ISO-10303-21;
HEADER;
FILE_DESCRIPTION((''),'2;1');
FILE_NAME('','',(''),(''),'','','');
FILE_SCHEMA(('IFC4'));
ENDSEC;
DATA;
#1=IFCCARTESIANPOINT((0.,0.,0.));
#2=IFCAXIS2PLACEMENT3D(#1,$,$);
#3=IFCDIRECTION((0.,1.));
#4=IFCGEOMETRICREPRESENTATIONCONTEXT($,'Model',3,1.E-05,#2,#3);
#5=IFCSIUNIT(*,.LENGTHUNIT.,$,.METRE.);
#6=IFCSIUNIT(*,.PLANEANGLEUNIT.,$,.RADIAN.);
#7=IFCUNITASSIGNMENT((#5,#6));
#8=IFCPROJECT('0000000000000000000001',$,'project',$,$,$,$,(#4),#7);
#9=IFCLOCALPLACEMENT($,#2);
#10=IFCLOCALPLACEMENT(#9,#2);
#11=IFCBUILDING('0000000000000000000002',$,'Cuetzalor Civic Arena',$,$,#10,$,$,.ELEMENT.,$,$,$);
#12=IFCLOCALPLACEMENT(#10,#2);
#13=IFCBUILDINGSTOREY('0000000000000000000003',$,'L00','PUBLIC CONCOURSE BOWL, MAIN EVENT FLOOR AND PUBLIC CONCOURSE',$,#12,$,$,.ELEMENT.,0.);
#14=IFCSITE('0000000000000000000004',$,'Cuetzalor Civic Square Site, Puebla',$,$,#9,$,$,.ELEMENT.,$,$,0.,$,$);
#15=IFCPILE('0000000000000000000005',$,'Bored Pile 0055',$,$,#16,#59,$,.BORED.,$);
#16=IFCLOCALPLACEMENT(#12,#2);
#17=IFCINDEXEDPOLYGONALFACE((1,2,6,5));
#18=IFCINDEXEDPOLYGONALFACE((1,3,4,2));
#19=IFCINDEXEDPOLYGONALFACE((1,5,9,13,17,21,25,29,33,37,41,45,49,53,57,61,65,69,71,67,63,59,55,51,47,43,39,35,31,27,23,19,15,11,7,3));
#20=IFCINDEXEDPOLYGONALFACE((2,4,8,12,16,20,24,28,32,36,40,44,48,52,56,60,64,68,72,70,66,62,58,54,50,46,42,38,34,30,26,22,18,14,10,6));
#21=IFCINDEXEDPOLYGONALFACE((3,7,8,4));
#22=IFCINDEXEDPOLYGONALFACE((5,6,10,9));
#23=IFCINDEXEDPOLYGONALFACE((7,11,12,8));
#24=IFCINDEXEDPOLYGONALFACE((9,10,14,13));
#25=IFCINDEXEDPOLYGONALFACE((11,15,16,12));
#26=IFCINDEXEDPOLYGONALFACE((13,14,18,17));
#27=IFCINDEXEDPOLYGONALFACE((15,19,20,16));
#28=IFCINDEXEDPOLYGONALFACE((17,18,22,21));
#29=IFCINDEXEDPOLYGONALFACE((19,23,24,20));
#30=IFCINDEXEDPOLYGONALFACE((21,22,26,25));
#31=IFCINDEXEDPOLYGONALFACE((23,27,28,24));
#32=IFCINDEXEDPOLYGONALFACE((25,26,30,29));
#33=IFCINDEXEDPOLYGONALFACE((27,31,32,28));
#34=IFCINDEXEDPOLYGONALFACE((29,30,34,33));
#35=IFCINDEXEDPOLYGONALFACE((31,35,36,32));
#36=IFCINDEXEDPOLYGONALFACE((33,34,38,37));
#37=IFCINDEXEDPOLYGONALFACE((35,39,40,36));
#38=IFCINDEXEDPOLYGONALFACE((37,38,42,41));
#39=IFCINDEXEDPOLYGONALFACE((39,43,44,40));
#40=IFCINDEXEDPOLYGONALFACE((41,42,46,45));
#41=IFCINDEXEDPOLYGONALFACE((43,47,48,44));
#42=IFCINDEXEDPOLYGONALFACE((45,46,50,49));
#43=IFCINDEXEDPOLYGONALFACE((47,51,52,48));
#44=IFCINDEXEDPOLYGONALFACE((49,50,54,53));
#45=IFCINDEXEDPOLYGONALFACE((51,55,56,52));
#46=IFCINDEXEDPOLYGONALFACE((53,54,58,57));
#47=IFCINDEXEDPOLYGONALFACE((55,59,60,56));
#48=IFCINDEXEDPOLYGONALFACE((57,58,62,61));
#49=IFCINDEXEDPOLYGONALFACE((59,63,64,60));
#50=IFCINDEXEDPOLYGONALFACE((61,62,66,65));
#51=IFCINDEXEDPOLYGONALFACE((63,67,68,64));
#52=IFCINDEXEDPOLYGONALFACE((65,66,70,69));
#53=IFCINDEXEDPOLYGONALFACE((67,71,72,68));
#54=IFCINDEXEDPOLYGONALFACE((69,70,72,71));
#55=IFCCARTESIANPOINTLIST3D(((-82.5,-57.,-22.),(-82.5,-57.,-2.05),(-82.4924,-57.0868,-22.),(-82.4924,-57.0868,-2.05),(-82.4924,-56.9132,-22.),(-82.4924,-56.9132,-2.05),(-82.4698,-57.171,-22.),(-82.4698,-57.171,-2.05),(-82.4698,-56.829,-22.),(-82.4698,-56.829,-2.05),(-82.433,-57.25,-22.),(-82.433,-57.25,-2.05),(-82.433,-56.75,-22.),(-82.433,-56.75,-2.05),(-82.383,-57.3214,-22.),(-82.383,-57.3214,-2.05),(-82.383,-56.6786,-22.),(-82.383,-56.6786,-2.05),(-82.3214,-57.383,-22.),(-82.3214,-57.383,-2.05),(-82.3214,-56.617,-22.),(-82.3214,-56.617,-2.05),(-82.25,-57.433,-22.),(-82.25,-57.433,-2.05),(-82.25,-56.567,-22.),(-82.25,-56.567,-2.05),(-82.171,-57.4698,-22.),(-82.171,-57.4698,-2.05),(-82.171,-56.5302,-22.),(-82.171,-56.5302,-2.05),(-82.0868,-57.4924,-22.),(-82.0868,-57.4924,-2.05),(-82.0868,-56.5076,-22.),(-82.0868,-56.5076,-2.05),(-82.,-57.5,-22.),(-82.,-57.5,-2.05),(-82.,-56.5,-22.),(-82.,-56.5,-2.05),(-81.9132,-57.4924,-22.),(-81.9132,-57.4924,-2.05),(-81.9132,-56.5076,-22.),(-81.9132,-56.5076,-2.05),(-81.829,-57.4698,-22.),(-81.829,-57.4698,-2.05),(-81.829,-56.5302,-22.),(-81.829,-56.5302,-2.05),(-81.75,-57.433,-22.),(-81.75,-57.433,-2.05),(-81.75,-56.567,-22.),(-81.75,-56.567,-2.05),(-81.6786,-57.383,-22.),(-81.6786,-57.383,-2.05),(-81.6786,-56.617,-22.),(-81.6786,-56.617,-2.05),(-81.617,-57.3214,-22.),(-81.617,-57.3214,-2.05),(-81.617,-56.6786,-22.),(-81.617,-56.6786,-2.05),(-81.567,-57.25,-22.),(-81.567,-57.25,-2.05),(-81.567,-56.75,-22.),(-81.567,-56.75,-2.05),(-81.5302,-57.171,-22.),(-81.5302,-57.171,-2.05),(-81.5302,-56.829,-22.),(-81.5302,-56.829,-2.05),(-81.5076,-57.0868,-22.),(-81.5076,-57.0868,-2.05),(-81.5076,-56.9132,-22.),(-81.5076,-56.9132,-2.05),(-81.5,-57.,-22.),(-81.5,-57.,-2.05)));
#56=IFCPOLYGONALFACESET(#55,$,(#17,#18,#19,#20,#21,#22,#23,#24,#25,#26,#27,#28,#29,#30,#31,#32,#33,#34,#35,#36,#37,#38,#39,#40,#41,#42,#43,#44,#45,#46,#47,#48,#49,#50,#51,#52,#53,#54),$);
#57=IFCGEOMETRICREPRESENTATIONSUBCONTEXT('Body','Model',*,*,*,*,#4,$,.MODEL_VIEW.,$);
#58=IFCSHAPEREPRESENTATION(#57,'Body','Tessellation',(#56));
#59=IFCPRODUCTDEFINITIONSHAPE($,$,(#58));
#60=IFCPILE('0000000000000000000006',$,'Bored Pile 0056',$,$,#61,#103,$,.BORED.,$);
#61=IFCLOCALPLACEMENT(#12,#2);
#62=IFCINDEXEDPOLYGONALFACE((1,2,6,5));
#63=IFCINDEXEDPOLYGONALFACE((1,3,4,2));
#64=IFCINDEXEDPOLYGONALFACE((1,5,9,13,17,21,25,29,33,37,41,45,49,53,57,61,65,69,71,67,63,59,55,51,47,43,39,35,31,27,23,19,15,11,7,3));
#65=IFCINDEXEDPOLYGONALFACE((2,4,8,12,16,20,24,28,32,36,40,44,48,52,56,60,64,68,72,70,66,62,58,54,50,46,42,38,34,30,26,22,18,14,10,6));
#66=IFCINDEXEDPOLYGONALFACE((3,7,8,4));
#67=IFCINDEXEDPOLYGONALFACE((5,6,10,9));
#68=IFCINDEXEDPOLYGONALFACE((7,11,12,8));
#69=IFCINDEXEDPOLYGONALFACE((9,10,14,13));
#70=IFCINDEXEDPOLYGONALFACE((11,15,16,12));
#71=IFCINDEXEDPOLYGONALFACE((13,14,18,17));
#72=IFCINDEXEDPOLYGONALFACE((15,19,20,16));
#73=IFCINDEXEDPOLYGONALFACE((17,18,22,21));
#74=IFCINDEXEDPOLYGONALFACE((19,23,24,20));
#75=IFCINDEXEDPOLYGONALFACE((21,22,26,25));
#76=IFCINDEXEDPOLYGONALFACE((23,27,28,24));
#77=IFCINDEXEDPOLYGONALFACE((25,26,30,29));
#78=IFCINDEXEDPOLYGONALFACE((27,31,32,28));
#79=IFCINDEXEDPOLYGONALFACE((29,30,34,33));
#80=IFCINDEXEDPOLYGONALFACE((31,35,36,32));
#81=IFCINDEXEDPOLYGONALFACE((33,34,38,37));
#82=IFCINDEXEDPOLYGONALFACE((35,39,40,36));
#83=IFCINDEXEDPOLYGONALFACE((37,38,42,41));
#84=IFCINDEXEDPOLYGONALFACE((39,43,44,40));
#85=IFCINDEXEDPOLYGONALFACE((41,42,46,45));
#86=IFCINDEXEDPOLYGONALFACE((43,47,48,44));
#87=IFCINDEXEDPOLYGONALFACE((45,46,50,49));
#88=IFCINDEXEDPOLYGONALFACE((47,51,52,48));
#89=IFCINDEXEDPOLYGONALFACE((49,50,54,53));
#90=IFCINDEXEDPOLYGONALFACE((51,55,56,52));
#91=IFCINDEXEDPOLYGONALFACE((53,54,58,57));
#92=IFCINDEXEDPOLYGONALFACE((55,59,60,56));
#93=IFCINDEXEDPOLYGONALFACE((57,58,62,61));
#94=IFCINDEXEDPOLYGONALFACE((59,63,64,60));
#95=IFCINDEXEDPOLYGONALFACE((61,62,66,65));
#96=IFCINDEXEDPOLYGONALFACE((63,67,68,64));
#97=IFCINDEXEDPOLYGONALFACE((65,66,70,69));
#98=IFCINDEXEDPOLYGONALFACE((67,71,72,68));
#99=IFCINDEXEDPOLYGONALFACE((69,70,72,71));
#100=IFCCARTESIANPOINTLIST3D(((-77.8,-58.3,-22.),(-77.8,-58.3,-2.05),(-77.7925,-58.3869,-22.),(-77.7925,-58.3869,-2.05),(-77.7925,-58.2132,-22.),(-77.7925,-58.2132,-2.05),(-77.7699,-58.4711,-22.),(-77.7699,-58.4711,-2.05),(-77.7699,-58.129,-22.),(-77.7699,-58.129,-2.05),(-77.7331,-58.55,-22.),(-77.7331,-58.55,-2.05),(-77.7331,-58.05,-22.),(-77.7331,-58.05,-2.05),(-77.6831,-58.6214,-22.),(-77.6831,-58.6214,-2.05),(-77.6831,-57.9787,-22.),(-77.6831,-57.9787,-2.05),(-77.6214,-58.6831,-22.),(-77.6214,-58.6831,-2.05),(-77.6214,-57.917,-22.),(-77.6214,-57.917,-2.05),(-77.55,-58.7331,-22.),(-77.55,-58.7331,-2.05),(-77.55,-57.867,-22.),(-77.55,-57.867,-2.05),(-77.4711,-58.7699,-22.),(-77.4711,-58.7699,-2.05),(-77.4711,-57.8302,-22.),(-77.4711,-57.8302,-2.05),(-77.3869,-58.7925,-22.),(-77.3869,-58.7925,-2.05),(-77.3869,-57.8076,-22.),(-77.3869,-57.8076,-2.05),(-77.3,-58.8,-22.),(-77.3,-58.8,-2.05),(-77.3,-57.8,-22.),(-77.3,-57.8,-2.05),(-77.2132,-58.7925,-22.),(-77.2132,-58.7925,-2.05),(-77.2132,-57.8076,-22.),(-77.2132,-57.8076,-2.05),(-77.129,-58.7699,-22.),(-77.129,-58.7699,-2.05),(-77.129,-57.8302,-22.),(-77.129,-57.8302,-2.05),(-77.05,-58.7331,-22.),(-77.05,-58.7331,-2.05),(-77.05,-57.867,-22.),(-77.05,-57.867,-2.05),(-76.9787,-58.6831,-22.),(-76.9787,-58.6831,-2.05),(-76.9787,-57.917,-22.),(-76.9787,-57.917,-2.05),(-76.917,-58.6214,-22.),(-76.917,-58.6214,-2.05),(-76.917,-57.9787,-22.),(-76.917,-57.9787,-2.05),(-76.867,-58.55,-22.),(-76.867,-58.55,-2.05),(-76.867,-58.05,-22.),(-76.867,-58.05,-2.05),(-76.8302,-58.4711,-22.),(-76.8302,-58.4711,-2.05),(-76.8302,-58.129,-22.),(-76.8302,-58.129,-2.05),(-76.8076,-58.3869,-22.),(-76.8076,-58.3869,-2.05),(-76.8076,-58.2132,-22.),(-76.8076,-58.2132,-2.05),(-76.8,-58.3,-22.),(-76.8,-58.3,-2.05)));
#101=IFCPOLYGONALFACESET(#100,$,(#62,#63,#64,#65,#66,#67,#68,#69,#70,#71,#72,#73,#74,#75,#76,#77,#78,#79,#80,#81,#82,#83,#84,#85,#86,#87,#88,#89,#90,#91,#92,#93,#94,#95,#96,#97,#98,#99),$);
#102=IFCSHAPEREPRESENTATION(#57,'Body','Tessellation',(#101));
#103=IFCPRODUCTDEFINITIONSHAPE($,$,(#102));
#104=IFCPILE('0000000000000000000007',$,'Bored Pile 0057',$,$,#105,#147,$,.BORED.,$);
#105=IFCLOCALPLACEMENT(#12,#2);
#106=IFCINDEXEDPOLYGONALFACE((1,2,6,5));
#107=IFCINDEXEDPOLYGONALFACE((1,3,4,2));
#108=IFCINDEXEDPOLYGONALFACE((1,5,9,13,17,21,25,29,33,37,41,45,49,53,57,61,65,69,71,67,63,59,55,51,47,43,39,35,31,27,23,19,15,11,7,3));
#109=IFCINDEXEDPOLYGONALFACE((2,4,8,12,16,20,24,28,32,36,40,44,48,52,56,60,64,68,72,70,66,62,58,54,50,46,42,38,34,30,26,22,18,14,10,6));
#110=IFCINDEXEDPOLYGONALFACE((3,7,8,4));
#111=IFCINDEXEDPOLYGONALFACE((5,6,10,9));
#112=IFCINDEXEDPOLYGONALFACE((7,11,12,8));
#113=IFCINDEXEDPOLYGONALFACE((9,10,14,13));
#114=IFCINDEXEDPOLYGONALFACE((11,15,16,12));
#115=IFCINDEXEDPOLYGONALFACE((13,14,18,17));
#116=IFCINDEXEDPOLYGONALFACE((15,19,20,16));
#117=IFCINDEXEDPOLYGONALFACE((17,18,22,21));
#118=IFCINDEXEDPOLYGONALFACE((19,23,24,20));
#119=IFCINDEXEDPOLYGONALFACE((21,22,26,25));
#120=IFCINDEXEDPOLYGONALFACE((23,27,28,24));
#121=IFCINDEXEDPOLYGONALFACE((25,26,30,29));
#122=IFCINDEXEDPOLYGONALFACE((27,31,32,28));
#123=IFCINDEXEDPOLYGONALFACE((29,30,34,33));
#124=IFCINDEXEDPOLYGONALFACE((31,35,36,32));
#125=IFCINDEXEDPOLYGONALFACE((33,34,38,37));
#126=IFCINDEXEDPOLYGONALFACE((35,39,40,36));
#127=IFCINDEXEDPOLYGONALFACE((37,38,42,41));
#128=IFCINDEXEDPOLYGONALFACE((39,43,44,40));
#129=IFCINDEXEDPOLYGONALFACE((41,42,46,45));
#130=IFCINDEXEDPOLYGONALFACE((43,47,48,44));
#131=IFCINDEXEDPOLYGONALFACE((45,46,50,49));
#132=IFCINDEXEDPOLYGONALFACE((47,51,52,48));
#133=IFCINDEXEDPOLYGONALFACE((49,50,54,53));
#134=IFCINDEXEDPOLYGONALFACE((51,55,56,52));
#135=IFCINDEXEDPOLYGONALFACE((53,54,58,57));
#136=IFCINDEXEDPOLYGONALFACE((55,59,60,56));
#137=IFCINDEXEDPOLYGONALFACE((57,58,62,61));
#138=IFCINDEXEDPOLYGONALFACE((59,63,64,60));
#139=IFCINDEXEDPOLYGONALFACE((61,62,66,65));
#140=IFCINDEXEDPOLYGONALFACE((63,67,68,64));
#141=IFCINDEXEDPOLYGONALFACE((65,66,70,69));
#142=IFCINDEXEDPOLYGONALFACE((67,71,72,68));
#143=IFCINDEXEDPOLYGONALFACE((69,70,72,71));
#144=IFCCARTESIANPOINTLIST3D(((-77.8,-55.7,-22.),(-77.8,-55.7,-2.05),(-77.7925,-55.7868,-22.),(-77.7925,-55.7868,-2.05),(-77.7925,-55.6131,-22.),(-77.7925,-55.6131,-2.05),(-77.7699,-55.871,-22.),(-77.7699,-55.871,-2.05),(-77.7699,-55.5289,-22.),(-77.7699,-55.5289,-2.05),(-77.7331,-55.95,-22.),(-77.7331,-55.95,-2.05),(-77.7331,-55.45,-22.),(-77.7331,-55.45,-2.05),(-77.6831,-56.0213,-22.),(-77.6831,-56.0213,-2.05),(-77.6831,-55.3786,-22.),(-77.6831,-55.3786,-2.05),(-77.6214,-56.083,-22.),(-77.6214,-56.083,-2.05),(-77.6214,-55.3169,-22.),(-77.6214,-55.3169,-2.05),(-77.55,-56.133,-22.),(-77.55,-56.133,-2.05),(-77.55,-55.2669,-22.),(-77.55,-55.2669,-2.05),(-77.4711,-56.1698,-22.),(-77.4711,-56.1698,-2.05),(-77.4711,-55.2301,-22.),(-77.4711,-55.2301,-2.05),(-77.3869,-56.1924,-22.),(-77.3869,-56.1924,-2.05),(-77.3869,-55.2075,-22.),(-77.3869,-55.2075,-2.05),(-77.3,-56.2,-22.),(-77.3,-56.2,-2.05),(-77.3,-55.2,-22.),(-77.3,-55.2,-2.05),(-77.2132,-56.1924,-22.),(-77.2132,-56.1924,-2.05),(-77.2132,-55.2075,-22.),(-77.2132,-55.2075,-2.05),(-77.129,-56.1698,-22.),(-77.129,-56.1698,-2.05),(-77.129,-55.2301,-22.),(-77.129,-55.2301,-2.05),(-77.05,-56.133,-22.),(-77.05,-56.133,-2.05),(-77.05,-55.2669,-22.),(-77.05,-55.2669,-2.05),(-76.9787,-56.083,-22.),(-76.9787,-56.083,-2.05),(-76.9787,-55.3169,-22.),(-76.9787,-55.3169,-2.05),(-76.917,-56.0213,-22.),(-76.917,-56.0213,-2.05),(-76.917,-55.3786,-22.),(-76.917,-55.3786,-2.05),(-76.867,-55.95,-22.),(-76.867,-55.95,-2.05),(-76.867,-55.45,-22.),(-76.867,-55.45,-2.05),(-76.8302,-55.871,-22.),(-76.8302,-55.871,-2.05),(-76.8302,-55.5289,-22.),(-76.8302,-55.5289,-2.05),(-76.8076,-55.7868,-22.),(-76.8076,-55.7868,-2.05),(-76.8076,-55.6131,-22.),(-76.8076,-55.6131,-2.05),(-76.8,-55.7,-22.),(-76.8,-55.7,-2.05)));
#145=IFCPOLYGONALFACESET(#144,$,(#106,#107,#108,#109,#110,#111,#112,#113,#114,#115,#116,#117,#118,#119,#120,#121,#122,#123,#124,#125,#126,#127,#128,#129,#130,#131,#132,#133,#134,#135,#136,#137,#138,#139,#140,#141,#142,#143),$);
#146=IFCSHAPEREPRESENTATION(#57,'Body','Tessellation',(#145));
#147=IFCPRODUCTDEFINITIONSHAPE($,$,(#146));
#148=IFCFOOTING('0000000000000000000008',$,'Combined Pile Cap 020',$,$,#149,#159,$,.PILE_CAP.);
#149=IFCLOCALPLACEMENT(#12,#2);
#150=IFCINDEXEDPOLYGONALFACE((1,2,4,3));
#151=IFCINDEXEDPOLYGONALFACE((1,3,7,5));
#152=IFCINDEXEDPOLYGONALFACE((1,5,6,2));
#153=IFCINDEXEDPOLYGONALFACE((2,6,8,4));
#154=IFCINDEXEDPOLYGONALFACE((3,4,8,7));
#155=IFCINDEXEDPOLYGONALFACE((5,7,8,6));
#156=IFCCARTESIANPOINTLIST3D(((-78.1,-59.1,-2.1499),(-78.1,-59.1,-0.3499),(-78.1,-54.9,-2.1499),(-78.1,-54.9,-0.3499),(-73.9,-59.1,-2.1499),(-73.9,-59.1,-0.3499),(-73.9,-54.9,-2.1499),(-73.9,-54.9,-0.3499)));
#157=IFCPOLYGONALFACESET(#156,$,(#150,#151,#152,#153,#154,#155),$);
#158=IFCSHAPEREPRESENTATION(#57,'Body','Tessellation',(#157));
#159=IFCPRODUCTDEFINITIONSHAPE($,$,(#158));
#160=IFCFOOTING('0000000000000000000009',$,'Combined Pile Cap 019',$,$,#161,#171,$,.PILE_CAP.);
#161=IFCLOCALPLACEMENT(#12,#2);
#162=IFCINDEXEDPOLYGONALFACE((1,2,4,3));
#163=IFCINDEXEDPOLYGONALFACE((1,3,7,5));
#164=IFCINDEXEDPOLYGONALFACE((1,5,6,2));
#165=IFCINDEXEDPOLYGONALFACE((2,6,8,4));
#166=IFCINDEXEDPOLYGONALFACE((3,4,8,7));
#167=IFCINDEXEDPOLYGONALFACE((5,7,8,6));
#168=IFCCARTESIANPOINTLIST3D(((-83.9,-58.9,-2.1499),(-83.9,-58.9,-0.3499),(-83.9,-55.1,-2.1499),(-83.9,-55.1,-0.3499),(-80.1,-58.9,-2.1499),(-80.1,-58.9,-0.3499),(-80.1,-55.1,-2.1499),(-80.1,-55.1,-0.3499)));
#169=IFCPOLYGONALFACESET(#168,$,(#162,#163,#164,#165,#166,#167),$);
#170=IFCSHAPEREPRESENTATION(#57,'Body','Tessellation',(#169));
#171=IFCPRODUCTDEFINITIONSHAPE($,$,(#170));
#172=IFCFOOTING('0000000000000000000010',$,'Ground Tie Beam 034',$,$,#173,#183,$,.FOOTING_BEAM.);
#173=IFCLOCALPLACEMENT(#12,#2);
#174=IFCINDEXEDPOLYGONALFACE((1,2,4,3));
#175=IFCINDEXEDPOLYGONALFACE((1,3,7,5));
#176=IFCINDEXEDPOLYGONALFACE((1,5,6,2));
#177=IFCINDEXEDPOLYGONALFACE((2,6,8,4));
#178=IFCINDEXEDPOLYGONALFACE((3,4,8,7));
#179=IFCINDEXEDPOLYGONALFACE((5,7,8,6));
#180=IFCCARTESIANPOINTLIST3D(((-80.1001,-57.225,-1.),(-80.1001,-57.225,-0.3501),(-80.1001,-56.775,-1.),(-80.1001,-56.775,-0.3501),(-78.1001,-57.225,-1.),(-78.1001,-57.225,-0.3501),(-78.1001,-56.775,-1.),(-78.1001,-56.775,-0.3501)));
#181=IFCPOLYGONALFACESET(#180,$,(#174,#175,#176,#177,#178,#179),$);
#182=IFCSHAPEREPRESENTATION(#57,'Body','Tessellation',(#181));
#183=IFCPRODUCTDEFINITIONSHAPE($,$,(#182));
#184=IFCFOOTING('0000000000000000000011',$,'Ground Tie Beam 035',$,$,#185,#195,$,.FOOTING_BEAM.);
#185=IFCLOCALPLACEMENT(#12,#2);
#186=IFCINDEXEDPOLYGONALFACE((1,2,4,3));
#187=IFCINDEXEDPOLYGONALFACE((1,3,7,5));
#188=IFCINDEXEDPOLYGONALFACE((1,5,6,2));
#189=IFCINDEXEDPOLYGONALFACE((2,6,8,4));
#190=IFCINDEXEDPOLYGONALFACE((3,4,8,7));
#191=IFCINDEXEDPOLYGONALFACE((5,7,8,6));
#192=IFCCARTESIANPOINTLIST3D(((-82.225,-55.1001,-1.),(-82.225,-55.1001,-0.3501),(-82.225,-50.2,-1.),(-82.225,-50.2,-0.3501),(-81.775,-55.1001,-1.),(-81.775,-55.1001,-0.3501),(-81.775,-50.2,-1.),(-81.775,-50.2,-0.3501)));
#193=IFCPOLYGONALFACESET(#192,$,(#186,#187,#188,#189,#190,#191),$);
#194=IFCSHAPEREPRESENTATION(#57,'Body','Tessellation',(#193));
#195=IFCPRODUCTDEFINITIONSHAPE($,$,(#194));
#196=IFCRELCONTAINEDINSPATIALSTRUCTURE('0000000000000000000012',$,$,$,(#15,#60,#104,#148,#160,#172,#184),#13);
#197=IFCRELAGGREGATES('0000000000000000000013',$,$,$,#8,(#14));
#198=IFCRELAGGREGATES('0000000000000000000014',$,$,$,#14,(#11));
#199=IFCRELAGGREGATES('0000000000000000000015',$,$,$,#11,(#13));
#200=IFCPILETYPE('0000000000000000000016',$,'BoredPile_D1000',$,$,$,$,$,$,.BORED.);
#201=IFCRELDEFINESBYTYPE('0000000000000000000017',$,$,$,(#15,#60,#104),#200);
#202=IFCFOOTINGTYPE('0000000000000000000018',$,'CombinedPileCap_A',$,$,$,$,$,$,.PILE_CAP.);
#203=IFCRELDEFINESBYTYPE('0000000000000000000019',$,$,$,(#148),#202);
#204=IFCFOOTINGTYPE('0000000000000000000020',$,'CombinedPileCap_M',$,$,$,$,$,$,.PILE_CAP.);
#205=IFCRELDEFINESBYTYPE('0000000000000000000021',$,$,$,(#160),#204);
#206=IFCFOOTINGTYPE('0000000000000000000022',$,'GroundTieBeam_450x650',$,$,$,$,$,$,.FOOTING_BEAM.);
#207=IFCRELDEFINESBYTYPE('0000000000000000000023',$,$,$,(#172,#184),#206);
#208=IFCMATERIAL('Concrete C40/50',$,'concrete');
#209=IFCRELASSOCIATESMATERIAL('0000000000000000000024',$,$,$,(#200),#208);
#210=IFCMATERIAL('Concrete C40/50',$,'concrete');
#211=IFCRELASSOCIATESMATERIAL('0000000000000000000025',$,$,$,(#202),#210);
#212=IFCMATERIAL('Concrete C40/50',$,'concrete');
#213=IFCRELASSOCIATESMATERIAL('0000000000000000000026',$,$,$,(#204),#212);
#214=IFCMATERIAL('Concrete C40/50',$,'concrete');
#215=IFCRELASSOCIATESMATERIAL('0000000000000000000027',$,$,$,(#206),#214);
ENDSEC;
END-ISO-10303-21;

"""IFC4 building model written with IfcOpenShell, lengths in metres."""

from ifc_helpers import new_model, si_unit, direction, frame, origin, origin_2d, place, context, subcontext, project, spatial, rectangle, circle, extrude, material, material_profile, profile_set, type_object, element, save


model = new_model("IFC4")

# Units and contexts
model_context = context("Model", 3, precision=1e-05, world=origin(), true_north=direction((0.0, 1.0)))
body_context = subcontext(model_context, "Body", "Model", "MODEL_VIEW")
ifc_project = project(units=[si_unit("LENGTHUNIT", "METRE"), si_unit("PLANEANGLEUNIT", "RADIAN")], contexts=[model_context])

# Site, building, storey
site_placement = place(None, origin())
site = spatial("IfcSite", under=ifc_project, at=site_placement, Name="Cuetzalor Civic Square Site, Puebla", CompositionType="ELEMENT", RefElevation=0.0)
building_placement = place(site_placement, origin())
building = spatial("IfcBuilding", under=site, at=building_placement, Name="Cuetzalor Civic Arena", CompositionType="ELEMENT")
storey_placement = place(building_placement, origin())
storey = spatial("IfcBuildingStorey", under=building, at=storey_placement, Name="L00", Description="PUBLIC CONCOURSE BOWL, MAIN EVENT FLOOR AND PUBLIC CONCOURSE", CompositionType="ELEMENT", Elevation=0.0)

# Piles
ifc_material_1 = material(Name="Concrete C40/50", Category="concrete")
ifc_material_profile_1 = material_profile(ifc_material_1, circle(Radius=0.5, at=origin_2d()), Name="BORED PILE D1000")
ifc_profile_set_1 = profile_set([ifc_material_profile_1], Name="Concrete C40/50")
pile_type = type_object("IfcPileType", Name="BoredPile_D1000", PredefinedType="BORED", material=ifc_profile_set_1)
for number, where, z_axis, x_axis, name in (
    (1, (-82.0, -57.0, -2.05), (0.0, 0.0, -1.0), (1.0, 0.0, 0.0), "Bored Pile 0055"),
    (2, (-77.3, -58.3, -2.05), (0.0, 0.0, -1.0), (1.0, 0.0, 0.0), "Bored Pile 0056"),
    (3, (-77.3, -55.7, -2.05), (0.0, 0.0, -1.0), (1.0, 0.0, 0.0), "Bored Pile 0057"),
):
    element("IfcPile", number, at=place(storey_placement, frame(where, z_axis=z_axis, x_axis=x_axis)), inside=storey, type_object=pile_type, Name=name, PredefinedType="BORED", context=body_context, shape_type="SweptSolid", body=[
        extrude(circle(Radius=0.5, at=origin_2d()), origin(), (0.0, 0.0, 1.0), 19.95),
    ])

# Footings
ifc_material_2 = material(Name="Concrete C40/50", Category="concrete")
footing_type_1 = type_object("IfcFootingType", Name="CombinedPileCap_A", PredefinedType="PILE_CAP", material=ifc_material_2)
footing_1_placement = place(storey_placement, frame((-76.0, -57.0, -2.1499), z_axis=(0.0, 0.0, 1.0), x_axis=(1.0, 0.0, 0.0)))
element("IfcFooting", 4, at=footing_1_placement, inside=storey, type_object=footing_type_1, Name="Combined Pile Cap 020", PredefinedType="PILE_CAP", context=body_context, shape_type="SweptSolid", body=[
    extrude(rectangle(XDim=4.2, YDim=4.2, at=origin_2d()), origin(), (0.0, 0.0, 1.0), 1.8),
])
ifc_material_3 = material(Name="Concrete C40/50", Category="concrete")
footing_type_2 = type_object("IfcFootingType", Name="CombinedPileCap_M", PredefinedType="PILE_CAP", material=ifc_material_3)
footing_2_placement = place(storey_placement, frame((-82.0, -57.0, -2.1499), z_axis=(0.0, 0.0, 1.0), x_axis=(1.0, 0.0, 0.0)))
element("IfcFooting", 5, at=footing_2_placement, inside=storey, type_object=footing_type_2, Name="Combined Pile Cap 019", PredefinedType="PILE_CAP", context=body_context, shape_type="SweptSolid", body=[
    extrude(rectangle(XDim=3.8, YDim=3.8, at=origin_2d()), origin(), (0.0, 0.0, 1.0), 1.8),
])
ifc_material_4 = material(Name="Concrete C40/50", Category="concrete")
ifc_material_profile_2 = material_profile(ifc_material_4, rectangle(XDim=0.45, YDim=0.6499, at=origin_2d()), Name="RC 450x650")
ifc_profile_set_2 = profile_set([ifc_material_profile_2], Name="Concrete C40/50")
footing_type_3 = type_object("IfcFootingType", Name="GroundTieBeam_450x650", PredefinedType="FOOTING_BEAM", material=ifc_profile_set_2)
footing_3_placement = place(storey_placement, frame((-80.1001, -57.0, -0.675), z_axis=(1.0, 0.0, 0.0), x_axis=(0.0, 1.0, 0.0)))
element("IfcFooting", 6, at=footing_3_placement, inside=storey, type_object=footing_type_3, Name="Ground Tie Beam 034", PredefinedType="FOOTING_BEAM", context=body_context, shape_type="SweptSolid", body=[
    extrude(rectangle(XDim=0.45, YDim=0.6499, at=origin_2d()), origin(), (0.0, 0.0, 1.0), 2.0),
])
footing_4_placement = place(storey_placement, frame((-82.0, -55.1001, -0.675), z_axis=(0.0, 1.0, 0.0), x_axis=(-1.0, 0.0, 0.0)))
element("IfcFooting", 7, at=footing_4_placement, inside=storey, type_object=footing_type_3, Name="Ground Tie Beam 035", PredefinedType="FOOTING_BEAM", context=body_context, shape_type="SweptSolid", body=[
    extrude(rectangle(XDim=0.45, YDim=0.6499, at=origin_2d()), origin(), (0.0, 0.0, 1.0), 4.9001),
])

save(model, "model.ifc")
